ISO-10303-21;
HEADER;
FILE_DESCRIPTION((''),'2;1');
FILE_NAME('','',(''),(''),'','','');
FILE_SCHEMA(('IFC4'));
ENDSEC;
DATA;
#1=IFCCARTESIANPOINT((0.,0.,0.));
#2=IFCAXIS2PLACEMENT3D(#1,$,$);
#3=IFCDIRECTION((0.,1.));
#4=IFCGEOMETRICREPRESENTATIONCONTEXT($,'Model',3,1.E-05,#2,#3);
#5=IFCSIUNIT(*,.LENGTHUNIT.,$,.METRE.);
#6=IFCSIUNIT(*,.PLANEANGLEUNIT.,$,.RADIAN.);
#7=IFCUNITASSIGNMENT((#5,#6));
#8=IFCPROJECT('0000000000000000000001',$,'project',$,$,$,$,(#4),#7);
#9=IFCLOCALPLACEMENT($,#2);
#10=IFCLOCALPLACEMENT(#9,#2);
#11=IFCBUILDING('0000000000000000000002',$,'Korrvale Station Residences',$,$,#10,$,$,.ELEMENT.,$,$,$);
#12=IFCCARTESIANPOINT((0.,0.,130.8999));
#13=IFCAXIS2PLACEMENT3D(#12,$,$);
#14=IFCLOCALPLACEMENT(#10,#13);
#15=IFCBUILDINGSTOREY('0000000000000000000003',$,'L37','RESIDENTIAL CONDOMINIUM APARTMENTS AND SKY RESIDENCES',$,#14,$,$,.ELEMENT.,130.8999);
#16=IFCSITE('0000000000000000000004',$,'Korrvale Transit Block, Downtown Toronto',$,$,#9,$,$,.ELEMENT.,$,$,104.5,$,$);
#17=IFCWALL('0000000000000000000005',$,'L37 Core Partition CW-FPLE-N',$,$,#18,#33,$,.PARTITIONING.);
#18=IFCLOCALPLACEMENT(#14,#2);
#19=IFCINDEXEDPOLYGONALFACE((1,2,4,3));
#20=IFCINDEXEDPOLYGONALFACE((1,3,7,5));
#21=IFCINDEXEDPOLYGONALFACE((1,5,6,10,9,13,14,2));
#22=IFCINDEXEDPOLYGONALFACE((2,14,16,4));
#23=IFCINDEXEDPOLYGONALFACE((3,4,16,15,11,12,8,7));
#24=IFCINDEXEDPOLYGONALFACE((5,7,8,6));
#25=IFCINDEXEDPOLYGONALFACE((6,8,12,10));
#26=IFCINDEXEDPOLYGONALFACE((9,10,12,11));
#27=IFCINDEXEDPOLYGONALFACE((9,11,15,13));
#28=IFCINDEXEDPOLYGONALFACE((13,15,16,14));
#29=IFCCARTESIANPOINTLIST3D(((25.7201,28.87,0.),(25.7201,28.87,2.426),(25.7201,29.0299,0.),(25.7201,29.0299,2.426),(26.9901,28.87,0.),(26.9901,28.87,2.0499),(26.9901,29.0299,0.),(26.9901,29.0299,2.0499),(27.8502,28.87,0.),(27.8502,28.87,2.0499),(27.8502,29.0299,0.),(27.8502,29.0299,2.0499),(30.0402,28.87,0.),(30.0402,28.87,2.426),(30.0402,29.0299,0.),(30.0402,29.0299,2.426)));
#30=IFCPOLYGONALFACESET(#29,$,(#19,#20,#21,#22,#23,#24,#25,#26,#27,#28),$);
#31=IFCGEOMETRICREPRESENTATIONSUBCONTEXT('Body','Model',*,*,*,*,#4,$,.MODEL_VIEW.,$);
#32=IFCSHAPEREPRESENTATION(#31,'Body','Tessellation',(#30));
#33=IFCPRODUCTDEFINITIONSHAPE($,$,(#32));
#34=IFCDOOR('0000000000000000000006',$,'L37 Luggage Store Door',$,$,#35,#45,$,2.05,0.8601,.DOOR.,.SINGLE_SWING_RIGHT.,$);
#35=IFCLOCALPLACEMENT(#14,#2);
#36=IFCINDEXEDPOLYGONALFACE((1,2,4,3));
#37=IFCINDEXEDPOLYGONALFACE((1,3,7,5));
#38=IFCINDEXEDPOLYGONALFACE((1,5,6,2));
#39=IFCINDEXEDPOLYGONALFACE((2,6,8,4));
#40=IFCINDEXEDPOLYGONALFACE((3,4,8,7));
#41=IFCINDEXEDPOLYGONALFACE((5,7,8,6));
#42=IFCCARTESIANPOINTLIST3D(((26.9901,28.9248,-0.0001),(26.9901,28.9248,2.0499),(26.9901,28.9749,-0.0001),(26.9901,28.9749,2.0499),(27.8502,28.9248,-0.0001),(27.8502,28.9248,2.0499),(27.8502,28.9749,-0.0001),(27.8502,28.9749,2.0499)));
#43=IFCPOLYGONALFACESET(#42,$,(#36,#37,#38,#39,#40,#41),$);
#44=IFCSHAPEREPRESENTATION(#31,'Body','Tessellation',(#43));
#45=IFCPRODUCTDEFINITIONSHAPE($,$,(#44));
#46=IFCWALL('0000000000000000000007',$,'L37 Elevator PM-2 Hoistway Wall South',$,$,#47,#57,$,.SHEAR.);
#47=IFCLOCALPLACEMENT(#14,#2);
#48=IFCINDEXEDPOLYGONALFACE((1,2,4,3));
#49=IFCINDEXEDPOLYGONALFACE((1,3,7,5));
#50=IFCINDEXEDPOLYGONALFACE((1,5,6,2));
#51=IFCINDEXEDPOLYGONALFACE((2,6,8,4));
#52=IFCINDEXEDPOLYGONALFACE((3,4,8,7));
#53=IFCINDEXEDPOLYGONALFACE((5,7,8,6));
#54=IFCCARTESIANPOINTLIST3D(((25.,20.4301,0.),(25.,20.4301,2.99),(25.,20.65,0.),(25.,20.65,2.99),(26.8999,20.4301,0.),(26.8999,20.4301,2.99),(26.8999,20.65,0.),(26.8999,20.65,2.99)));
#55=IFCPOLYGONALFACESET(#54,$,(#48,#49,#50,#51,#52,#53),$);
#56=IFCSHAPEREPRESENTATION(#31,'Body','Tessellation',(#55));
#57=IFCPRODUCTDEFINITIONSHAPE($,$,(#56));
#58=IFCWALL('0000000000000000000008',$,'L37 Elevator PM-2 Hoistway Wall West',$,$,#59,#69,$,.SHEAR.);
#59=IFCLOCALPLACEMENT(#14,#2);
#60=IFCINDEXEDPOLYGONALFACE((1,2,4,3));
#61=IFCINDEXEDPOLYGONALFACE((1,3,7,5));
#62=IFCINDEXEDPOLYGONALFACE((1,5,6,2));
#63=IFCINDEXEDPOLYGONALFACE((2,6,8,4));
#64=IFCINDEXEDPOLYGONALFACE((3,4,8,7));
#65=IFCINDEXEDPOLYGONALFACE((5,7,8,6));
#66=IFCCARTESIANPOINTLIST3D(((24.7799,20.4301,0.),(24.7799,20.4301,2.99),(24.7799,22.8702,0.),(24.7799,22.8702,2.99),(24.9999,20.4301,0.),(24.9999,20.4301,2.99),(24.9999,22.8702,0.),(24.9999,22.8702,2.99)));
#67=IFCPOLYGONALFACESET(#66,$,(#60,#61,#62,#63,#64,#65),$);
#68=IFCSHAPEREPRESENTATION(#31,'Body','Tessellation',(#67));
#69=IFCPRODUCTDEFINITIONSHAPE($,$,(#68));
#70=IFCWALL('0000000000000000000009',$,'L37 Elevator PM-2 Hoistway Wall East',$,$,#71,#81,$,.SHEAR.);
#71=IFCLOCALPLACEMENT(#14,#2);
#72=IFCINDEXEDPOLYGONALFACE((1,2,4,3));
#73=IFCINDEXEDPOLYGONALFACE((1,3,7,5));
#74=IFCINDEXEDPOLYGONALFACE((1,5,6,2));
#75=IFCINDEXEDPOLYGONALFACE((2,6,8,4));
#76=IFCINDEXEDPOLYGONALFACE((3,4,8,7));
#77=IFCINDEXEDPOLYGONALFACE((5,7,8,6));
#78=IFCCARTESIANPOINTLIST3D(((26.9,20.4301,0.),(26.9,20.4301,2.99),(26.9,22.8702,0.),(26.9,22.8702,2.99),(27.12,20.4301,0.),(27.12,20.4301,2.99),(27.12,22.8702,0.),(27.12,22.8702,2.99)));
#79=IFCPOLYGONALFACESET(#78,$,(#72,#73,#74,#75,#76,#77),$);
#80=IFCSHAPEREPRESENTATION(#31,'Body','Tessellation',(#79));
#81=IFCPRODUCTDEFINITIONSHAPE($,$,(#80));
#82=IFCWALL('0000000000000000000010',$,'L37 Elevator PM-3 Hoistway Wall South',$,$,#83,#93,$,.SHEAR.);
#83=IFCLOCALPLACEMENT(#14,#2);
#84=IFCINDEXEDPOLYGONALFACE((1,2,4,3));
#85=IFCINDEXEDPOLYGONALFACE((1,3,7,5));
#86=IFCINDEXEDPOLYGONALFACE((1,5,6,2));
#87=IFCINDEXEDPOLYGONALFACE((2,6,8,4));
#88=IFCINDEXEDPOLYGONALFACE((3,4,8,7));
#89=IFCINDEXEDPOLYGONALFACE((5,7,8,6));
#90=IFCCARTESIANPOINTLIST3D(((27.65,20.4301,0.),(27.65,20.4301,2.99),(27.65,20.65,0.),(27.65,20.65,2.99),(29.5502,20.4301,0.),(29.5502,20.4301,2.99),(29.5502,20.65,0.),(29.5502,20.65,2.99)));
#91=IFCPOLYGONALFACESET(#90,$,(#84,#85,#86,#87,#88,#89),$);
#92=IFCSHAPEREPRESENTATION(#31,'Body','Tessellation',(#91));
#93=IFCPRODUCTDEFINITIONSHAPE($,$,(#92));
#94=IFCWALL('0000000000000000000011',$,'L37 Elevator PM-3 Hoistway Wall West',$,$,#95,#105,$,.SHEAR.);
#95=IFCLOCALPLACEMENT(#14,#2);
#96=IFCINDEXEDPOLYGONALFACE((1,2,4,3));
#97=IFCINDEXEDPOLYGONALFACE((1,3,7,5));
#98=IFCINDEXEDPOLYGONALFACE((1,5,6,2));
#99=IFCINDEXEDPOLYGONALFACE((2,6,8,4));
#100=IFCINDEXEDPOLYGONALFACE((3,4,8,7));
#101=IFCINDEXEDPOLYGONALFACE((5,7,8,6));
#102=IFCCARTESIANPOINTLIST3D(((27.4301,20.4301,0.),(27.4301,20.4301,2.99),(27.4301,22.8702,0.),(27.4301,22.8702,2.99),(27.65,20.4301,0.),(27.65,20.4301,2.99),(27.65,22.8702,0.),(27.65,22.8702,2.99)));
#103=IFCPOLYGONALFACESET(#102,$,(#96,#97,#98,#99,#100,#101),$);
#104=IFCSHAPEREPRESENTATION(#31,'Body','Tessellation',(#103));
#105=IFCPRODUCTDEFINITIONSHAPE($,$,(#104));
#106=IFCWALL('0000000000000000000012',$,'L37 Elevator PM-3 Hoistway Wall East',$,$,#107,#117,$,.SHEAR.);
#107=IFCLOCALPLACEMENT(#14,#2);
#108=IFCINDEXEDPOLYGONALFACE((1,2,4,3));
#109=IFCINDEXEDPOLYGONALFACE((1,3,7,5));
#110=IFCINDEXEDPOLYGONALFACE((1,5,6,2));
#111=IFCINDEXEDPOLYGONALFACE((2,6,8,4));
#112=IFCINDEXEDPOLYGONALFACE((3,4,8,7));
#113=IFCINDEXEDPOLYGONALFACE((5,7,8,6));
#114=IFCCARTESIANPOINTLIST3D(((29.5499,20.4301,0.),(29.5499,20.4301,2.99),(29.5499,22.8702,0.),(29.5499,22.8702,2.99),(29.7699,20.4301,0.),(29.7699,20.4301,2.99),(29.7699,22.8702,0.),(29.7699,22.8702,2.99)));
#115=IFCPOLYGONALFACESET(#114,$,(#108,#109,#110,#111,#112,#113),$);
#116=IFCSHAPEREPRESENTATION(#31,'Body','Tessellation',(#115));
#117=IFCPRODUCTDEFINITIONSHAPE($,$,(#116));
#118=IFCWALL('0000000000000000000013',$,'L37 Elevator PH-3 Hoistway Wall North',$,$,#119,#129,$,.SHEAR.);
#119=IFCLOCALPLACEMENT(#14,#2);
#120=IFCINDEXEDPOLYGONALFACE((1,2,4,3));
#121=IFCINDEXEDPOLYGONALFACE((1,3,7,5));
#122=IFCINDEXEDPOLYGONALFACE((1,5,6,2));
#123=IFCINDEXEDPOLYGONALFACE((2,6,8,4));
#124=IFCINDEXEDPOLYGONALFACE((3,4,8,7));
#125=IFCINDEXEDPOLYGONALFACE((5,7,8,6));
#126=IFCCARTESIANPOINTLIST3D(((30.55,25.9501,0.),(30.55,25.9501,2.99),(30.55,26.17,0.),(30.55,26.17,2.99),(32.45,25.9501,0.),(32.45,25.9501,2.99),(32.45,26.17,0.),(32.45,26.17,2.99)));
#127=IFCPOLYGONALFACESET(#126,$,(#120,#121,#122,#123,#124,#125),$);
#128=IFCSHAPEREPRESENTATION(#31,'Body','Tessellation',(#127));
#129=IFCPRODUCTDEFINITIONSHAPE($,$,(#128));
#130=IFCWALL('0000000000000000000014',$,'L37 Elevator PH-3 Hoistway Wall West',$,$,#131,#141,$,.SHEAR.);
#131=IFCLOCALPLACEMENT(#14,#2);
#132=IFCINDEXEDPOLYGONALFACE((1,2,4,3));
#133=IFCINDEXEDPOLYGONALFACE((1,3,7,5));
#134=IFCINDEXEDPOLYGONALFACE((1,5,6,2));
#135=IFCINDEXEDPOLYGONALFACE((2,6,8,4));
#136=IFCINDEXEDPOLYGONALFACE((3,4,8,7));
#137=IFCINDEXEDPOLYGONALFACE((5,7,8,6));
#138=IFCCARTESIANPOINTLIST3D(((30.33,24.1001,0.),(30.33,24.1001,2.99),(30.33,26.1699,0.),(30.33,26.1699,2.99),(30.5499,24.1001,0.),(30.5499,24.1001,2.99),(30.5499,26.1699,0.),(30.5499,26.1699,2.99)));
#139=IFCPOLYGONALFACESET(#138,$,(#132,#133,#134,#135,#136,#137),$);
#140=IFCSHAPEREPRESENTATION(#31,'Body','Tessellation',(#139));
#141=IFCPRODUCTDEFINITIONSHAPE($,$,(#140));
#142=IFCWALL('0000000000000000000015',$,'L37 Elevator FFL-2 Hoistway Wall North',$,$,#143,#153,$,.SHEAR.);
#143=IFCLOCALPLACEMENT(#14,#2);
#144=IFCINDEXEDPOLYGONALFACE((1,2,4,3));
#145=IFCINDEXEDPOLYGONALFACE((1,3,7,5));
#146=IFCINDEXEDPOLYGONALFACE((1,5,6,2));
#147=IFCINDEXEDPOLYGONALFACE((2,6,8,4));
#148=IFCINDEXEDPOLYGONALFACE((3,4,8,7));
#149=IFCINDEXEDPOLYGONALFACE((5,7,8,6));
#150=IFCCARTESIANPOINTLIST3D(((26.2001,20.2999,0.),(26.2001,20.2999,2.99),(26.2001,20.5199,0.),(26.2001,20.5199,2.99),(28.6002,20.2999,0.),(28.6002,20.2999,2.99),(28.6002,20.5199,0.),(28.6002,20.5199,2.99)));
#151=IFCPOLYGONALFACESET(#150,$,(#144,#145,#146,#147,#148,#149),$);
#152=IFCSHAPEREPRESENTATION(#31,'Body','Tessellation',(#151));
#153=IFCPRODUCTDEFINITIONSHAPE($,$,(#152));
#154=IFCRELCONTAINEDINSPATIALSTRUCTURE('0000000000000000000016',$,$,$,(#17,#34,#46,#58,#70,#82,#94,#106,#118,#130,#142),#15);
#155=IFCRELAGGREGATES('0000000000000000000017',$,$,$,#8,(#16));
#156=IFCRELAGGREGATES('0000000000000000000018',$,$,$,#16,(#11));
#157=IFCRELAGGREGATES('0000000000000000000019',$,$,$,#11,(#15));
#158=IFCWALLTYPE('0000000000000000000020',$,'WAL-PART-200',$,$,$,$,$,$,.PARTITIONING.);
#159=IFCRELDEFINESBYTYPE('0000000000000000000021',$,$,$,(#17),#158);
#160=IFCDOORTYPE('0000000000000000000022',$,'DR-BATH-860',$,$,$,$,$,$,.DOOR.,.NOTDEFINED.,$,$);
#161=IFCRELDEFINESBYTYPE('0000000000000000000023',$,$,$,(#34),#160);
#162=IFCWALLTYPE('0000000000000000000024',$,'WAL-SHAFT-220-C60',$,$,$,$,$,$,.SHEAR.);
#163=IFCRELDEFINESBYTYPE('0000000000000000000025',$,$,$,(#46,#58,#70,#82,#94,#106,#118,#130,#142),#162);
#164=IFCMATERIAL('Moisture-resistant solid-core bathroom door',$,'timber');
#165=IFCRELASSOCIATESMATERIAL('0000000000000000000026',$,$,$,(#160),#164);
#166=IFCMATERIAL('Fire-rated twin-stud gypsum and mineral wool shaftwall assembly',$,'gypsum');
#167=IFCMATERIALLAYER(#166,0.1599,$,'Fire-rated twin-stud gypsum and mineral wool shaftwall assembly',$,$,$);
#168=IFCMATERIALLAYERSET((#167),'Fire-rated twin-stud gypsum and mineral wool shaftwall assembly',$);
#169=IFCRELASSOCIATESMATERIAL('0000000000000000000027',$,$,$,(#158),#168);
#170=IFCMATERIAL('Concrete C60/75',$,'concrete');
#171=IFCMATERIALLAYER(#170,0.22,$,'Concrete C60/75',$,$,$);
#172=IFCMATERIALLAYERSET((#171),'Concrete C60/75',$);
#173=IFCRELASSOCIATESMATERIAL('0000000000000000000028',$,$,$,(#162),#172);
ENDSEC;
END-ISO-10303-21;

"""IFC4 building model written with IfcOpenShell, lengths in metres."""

from ifc_helpers import new_model, si_unit, direction, frame, frame_2d, origin, place, context, subcontext, project, spatial, rectangle, extrude, material, layer, layer_set, type_object, element, fill, save


model = new_model("IFC4")

# Units and contexts
model_context = context("Model", 3, precision=1e-05, world=origin(), true_north=direction((0.0, 1.0)))
body_context = subcontext(model_context, "Body", "Model", "MODEL_VIEW")
ifc_project = project(units=[si_unit("LENGTHUNIT", "METRE"), si_unit("PLANEANGLEUNIT", "RADIAN")], contexts=[model_context])

# Site, building, storey
site_placement = place(None, origin())
site = spatial("IfcSite", under=ifc_project, at=site_placement, Name="Korrvale Transit Block, Downtown Toronto", CompositionType="ELEMENT", RefElevation=104.5)
building_placement = place(site_placement, origin())
building = spatial("IfcBuilding", under=site, at=building_placement, Name="Korrvale Station Residences", CompositionType="ELEMENT")
storey_placement = place(building_placement, frame((0.0, 0.0, 130.8999)))
storey = spatial("IfcBuildingStorey", under=building, at=storey_placement, Name="L37", Description="RESIDENTIAL CONDOMINIUM APARTMENTS AND SKY RESIDENCES", CompositionType="ELEMENT", Elevation=130.8999)

# Shared definitions
ifc_material_1 = material(Name="Concrete C60/75", Category="concrete")

# Shared definitions
ifc_material_2 = material(Name="Moisture-resistant solid-core bathroom door", Category="timber")
door_type_1 = type_object("IfcDoorType", Name="DR-BATH-860", OperationType="NOTDEFINED", PredefinedType="DOOR", material=ifc_material_2)

# Wall, opening, door
ifc_material_3 = material(Name="Fire-rated twin-stud gypsum and mineral wool shaftwall assembly", Category="gypsum")
ifc_layer_1 = layer(ifc_material_3, 0.1599, Name="Fire-rated twin-stud gypsum and mineral wool shaftwall assembly")
ifc_layer_set_1 = layer_set([ifc_layer_1], Name="Fire-rated twin-stud gypsum and mineral wool shaftwall assembly")
wall_type_1 = type_object("IfcWallType", Name="WAL-PART-200", PredefinedType="PARTITIONING", material=ifc_layer_set_1)
wall_1_placement = place(storey_placement, frame((25.72, 28.95, 0.0), z_axis=(0.0, 0.0, 1.0), x_axis=(1.0, 0.0, 0.0)))
wall_1 = element("IfcWall", 1, at=wall_1_placement, inside=storey, type_object=wall_type_1, Name="L37 Core Partition CW-FPLE-N", PredefinedType="PARTITIONING", context=body_context, shape_type="SweptSolid", body=[
    extrude(rectangle(XDim=4.3201, YDim=0.1599, at=frame_2d((2.1602, 0.0))), origin(), (0.0, 0.0, 1.0), 2.426),
])
opening_1_placement = place(wall_1_placement, frame((1.27, 0.0, 0.0)))
opening_1 = element("IfcOpeningElement", 2, at=opening_1_placement, cuts=wall_1, PredefinedType="OPENING", context=body_context, shape_type="SweptSolid", body=[
    extrude(rectangle(XDim=0.8601, YDim=2.05, at=frame_2d((0.4302, 1.0249))), frame((0.0, 0.0898, 0.0), z_axis=(0.0, -1.0, 0.0), x_axis=(1.0, 0.0, 0.0)), (0.0, 0.0, 1.0), 0.1799),
])
door_1_placement = place(opening_1_placement, origin())
door_1 = element("IfcDoor", 3, at=door_1_placement, inside=storey, type_object=door_type_1, Name="L37 Luggage Store Door", OperationType="SINGLE_SWING_RIGHT", OverallHeight=2.05, OverallWidth=0.8601, PredefinedType="DOOR", context=body_context, shape_type="SweptSolid", body=[
    extrude(rectangle(XDim=0.8601, YDim=2.05, at=frame_2d((0.4302, 1.0249))), frame((0.0, 0.0249, 0.0), z_axis=(0.0, -1.0, 0.0), x_axis=(1.0, 0.0, 0.0)), (0.0, 0.0, 1.0), 0.05),
])
fill(opening_1, door_1)

# Wall
ifc_layer_2 = layer(ifc_material_1, 0.22, Name="Concrete C60/75")
ifc_layer_set_2 = layer_set([ifc_layer_2], Name="Concrete C60/75")
wall_type_2 = type_object("IfcWallType", Name="WAL-SHAFT-220-C60", PredefinedType="SHEAR", material=ifc_layer_set_2)
wall_2_placement = place(storey_placement, frame((25.0, 20.54, 0.0), z_axis=(0.0, 0.0, 1.0), x_axis=(1.0, 0.0, 0.0)))
element("IfcWall", 4, at=wall_2_placement, inside=storey, type_object=wall_type_2, Name="L37 Elevator PM-2 Hoistway Wall South", PredefinedType="SHEAR", context=body_context, shape_type="SweptSolid", body=[
    extrude(rectangle(XDim=1.8999, YDim=0.22, at=frame_2d((0.95, 0.0))), origin(), (0.0, 0.0, 1.0), 2.99),
])

# Walls
for number, where, z_axis, x_axis, name in (
    (5, (24.8899, 20.4299, 0.0), (0.0, 0.0, 1.0), (0.0, 1.0, 0.0), "L37 Elevator PM-2 Hoistway Wall West"),
    (6, (27.01, 20.4299, 0.0), (0.0, 0.0, 1.0), (0.0, 1.0, 0.0), "L37 Elevator PM-2 Hoistway Wall East"),
):
    element("IfcWall", number, at=place(storey_placement, frame(where, z_axis=z_axis, x_axis=x_axis)), inside=storey, type_object=wall_type_2, Name=name, PredefinedType="SHEAR", context=body_context, shape_type="SweptSolid", body=[
        extrude(rectangle(XDim=2.4402, YDim=0.22, at=frame_2d((1.2202, 0.0))), origin(), (0.0, 0.0, 1.0), 2.99),
    ])
wall_3_placement = place(storey_placement, frame((27.6499, 20.54, 0.0), z_axis=(0.0, 0.0, 1.0), x_axis=(1.0, 0.0, 0.0)))
element("IfcWall", 7, at=wall_3_placement, inside=storey, type_object=wall_type_2, Name="L37 Elevator PM-3 Hoistway Wall South", PredefinedType="SHEAR", context=body_context, shape_type="SweptSolid", body=[
    extrude(rectangle(XDim=1.9001, YDim=0.22, at=frame_2d((0.9502, 0.0))), origin(), (0.0, 0.0, 1.0), 2.99),
])

# Walls
for number, where, z_axis, x_axis, name in (
    (8, (27.54, 20.4299, 0.0), (0.0, 0.0, 1.0), (0.0, 1.0, 0.0), "L37 Elevator PM-3 Hoistway Wall West"),
    (9, (29.6599, 20.4299, 0.0), (0.0, 0.0, 1.0), (0.0, 1.0, 0.0), "L37 Elevator PM-3 Hoistway Wall East"),
):
    element("IfcWall", number, at=place(storey_placement, frame(where, z_axis=z_axis, x_axis=x_axis)), inside=storey, type_object=wall_type_2, Name=name, PredefinedType="SHEAR", context=body_context, shape_type="SweptSolid", body=[
        extrude(rectangle(XDim=2.4402, YDim=0.22, at=frame_2d((1.2202, 0.0))), origin(), (0.0, 0.0, 1.0), 2.99),
    ])
wall_4_placement = place(storey_placement, frame((30.55, 26.0601, 0.0), z_axis=(0.0, 0.0, 1.0), x_axis=(1.0, 0.0, 0.0)))
element("IfcWall", 10, at=wall_4_placement, inside=storey, type_object=wall_type_2, Name="L37 Elevator PH-3 Hoistway Wall North", PredefinedType="SHEAR", context=body_context, shape_type="SweptSolid", body=[
    extrude(rectangle(XDim=1.8999, YDim=0.22, at=frame_2d((0.95, 0.0))), origin(), (0.0, 0.0, 1.0), 2.99),
])
wall_5_placement = place(storey_placement, frame((30.4399, 24.1001, 0.0), z_axis=(0.0, 0.0, 1.0), x_axis=(0.0, 1.0, 0.0)))
element("IfcWall", 11, at=wall_5_placement, inside=storey, type_object=wall_type_2, Name="L37 Elevator PH-3 Hoistway Wall West", PredefinedType="SHEAR", context=body_context, shape_type="SweptSolid", body=[
    extrude(rectangle(XDim=2.0698, YDim=0.22, at=frame_2d((1.0349, 0.0))), origin(), (0.0, 0.0, 1.0), 2.99),
])
wall_6_placement = place(storey_placement, frame((26.2, 20.4099, 0.0), z_axis=(0.0, 0.0, 1.0), x_axis=(1.0, 0.0, 0.0)))
element("IfcWall", 12, at=wall_6_placement, inside=storey, type_object=wall_type_2, Name="L37 Elevator FFL-2 Hoistway Wall North", PredefinedType="SHEAR", context=body_context, shape_type="SweptSolid", body=[
    extrude(rectangle(XDim=2.4001, YDim=0.22, at=frame_2d((1.2002, 0.0))), origin(), (0.0, 0.0, 1.0), 2.99),
])

save(model, "model.ifc")
